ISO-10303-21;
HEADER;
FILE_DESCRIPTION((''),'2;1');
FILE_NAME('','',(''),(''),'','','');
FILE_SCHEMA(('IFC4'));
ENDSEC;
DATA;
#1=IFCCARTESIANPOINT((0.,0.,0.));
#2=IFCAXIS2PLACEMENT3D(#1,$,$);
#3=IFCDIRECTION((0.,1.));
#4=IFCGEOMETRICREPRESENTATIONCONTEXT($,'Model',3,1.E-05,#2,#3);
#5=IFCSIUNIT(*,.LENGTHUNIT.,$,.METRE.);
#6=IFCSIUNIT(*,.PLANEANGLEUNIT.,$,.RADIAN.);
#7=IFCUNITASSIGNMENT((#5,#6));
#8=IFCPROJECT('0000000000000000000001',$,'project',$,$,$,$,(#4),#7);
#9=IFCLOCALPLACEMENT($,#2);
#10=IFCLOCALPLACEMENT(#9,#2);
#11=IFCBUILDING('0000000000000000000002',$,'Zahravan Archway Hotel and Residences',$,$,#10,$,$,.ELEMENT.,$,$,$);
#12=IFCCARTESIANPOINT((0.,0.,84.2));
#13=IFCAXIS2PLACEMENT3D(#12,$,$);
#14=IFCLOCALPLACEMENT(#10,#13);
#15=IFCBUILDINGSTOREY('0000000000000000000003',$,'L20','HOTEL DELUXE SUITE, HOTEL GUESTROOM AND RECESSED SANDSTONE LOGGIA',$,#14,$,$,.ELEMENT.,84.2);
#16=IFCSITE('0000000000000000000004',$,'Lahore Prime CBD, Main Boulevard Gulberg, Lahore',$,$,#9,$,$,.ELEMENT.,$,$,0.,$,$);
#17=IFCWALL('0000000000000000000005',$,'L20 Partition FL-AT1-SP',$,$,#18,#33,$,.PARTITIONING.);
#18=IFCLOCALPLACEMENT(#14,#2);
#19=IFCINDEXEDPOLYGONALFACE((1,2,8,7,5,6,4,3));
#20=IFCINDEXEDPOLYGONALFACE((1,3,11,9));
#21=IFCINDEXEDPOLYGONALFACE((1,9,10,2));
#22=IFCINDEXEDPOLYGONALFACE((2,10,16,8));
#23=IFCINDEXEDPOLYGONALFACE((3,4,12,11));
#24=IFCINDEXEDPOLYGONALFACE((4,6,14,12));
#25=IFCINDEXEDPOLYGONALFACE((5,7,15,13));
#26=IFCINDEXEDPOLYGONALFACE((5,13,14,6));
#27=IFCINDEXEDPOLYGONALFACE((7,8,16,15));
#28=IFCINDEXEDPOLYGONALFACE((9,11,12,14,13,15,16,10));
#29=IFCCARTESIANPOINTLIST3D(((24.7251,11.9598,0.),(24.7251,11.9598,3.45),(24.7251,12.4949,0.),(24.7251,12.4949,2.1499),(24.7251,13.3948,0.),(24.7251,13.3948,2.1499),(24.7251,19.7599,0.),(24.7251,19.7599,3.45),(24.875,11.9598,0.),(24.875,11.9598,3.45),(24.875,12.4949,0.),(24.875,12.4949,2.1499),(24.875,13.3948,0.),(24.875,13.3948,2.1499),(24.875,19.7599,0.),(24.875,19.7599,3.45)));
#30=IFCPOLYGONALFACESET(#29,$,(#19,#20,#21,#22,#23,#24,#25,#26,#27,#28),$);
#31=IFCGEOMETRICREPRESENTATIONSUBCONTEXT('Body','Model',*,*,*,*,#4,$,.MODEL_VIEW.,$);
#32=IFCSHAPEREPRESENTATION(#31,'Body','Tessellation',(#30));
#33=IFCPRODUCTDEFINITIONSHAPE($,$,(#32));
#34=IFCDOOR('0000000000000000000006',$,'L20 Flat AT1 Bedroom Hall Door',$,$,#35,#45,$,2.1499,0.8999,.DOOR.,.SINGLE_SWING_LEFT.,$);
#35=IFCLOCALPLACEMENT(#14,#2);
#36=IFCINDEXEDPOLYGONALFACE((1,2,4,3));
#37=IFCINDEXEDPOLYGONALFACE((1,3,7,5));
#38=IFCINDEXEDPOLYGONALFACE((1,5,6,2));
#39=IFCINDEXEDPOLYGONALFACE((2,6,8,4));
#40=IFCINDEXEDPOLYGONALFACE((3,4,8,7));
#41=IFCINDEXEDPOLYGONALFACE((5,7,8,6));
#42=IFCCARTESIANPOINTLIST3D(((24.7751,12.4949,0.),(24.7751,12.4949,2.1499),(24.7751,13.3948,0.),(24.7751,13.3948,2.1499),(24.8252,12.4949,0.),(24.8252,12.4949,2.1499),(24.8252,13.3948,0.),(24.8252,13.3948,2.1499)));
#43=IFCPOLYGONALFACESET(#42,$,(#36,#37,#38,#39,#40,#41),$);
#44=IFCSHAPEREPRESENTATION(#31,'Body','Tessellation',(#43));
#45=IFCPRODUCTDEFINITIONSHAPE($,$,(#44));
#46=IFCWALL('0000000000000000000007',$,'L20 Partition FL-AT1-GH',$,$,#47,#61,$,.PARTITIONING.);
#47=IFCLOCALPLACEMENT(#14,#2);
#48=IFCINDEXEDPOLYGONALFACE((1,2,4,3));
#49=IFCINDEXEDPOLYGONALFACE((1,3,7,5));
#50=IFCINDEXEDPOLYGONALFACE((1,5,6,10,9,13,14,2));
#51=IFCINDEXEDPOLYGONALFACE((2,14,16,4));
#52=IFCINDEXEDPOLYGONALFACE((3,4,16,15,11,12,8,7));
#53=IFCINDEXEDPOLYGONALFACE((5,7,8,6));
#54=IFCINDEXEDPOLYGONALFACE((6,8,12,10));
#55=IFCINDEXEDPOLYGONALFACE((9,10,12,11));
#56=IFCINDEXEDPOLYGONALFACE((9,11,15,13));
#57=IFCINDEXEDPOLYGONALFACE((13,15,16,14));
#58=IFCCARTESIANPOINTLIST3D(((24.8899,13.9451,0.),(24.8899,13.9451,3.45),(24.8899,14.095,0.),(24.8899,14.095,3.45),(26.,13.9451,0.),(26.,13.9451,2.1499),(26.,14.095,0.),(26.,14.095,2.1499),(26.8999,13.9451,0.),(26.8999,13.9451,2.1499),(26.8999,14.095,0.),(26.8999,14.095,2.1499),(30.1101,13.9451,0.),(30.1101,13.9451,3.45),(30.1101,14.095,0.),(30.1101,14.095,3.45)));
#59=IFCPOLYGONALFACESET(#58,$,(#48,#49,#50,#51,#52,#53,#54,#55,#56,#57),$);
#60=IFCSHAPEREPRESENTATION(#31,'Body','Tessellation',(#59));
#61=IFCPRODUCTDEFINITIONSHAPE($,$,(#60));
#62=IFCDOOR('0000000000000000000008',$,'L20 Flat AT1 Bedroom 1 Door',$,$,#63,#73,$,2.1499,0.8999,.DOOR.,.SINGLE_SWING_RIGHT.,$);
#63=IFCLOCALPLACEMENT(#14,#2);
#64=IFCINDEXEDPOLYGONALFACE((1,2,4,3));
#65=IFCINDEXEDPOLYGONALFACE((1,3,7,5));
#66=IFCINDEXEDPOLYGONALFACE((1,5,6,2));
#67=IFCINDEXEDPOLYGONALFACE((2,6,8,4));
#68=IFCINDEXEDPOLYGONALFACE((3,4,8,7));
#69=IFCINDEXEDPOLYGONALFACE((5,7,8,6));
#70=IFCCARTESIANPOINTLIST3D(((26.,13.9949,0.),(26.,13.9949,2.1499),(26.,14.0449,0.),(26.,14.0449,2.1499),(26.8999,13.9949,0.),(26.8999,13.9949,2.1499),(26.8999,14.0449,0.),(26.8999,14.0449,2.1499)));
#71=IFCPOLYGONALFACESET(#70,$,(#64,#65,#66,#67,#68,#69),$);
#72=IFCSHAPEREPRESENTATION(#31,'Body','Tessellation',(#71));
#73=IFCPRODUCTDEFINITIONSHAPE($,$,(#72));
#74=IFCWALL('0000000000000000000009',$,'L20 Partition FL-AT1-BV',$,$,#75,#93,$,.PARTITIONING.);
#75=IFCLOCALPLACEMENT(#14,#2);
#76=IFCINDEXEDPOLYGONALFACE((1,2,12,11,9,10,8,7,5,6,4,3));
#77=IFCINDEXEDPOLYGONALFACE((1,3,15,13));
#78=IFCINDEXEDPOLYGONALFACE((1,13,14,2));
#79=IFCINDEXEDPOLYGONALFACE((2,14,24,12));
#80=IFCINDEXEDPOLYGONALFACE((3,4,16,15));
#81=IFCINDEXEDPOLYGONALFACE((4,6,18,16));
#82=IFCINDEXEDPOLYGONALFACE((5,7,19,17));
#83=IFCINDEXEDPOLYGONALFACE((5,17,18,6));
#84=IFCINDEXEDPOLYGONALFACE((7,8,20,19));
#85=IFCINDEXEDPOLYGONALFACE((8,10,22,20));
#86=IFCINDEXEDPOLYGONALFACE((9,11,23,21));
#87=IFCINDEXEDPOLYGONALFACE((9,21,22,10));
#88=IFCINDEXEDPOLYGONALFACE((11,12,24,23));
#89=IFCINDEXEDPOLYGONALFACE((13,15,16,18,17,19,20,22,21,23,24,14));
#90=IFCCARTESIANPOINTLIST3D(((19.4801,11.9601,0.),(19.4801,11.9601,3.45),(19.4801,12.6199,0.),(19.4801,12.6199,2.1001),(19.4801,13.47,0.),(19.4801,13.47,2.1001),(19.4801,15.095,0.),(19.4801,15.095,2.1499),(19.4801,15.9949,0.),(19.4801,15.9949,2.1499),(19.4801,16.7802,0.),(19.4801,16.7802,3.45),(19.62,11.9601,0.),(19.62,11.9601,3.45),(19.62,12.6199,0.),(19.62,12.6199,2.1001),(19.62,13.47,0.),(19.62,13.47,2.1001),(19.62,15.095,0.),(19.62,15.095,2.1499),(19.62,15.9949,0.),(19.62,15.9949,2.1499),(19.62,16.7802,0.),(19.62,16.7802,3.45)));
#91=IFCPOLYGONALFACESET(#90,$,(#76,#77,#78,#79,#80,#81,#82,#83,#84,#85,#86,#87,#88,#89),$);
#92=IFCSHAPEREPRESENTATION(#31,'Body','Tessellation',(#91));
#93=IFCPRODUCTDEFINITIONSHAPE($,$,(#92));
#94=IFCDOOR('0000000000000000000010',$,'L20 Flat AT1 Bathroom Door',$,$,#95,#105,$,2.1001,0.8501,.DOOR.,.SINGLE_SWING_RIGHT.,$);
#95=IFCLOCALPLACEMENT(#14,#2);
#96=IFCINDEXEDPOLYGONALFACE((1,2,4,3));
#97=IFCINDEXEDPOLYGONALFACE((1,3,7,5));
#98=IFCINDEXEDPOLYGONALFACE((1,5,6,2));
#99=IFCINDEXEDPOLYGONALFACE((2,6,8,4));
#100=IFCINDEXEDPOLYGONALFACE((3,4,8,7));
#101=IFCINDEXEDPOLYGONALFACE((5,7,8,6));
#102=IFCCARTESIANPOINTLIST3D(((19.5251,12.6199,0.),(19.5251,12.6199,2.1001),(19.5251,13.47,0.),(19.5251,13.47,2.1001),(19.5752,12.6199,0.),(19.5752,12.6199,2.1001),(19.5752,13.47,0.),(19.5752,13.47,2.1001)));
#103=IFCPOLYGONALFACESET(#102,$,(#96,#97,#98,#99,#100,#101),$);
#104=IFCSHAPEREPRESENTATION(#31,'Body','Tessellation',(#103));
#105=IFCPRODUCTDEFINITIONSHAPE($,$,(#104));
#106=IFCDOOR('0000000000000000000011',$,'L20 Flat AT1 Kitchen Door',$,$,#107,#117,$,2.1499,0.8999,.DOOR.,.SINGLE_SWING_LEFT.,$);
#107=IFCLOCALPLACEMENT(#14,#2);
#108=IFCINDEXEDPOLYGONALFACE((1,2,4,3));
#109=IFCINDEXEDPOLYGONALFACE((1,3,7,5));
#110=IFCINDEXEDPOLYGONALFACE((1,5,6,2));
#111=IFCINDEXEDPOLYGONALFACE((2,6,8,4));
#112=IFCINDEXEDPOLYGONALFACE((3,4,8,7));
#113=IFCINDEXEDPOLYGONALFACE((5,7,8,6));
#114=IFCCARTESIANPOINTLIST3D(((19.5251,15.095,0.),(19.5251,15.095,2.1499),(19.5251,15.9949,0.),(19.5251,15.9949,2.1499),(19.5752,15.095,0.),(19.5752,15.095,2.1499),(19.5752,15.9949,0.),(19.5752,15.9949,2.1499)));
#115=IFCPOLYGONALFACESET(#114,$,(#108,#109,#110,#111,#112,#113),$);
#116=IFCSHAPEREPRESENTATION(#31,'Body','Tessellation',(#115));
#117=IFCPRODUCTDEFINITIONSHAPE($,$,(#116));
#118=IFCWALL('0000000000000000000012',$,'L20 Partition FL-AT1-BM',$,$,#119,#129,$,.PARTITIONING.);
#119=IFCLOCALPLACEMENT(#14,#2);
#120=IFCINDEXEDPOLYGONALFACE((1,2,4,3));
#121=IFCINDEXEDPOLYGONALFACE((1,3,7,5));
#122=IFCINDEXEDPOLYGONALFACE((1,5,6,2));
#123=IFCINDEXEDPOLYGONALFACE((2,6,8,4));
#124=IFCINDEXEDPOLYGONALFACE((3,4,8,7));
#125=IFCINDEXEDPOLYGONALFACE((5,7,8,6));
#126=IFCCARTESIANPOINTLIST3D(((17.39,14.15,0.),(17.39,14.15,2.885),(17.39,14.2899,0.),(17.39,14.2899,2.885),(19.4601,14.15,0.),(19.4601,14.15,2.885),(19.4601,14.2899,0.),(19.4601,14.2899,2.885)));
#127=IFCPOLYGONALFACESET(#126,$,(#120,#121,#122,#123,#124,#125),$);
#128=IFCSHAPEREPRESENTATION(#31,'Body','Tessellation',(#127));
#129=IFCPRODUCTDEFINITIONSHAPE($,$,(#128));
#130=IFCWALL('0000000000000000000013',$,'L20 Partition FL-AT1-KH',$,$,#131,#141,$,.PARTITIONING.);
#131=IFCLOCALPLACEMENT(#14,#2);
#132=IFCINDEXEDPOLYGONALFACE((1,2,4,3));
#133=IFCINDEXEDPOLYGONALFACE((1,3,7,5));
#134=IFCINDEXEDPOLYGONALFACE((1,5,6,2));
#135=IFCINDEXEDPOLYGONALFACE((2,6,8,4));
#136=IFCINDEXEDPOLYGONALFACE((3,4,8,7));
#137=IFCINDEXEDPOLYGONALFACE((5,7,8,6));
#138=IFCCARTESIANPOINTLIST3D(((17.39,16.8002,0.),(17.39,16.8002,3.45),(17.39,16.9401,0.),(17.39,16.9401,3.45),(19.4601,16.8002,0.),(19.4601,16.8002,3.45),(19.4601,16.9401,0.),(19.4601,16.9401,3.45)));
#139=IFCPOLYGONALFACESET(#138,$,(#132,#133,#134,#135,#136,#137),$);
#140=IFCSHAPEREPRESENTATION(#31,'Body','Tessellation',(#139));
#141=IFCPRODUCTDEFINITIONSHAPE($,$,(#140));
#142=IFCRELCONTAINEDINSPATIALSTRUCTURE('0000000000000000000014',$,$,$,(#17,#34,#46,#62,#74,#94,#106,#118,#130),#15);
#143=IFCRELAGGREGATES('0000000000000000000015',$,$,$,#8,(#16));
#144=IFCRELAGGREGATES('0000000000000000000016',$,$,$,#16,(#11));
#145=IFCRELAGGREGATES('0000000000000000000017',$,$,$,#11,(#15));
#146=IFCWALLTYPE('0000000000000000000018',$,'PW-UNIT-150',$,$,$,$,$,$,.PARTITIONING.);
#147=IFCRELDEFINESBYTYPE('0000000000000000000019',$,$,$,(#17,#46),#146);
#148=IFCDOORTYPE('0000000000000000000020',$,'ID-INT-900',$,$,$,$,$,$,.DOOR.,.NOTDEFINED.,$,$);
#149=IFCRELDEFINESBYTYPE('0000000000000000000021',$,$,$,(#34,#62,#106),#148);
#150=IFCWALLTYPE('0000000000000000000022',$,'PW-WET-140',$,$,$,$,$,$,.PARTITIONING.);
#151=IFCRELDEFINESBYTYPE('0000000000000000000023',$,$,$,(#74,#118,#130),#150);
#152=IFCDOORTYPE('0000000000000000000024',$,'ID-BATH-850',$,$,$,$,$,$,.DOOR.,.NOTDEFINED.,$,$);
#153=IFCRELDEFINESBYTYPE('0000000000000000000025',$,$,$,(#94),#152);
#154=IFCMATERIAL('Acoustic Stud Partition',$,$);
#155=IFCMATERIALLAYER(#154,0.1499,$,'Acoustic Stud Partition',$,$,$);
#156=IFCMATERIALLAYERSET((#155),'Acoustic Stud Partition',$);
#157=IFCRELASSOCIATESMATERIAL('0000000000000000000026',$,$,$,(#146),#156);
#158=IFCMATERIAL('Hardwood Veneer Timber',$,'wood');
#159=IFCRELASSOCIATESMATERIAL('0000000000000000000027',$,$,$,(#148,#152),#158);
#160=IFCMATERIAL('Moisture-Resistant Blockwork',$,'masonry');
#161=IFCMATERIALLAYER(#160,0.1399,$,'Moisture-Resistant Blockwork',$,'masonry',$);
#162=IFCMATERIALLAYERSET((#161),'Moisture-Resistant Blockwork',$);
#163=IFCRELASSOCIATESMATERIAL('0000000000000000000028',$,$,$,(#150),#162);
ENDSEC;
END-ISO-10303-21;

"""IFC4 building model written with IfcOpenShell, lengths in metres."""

from ifc_helpers import new_model, si_unit, direction, frame, frame_2d, origin, place, context, subcontext, project, spatial, rectangle, extrude, source, transform, mapped, material, layer, layer_set, type_object, type_shapes, element, fill, save


model = new_model("IFC4")

# Units and contexts
model_context = context("Model", 3, precision=1e-05, world=origin(), true_north=direction((0.0, 1.0)))
body_context = subcontext(model_context, "Body", "Model", "MODEL_VIEW")
ifc_project = project(units=[si_unit("LENGTHUNIT", "METRE"), si_unit("PLANEANGLEUNIT", "RADIAN")], contexts=[model_context])

# Site, building, storey
site_placement = place(None, origin())
site = spatial("IfcSite", under=ifc_project, at=site_placement, Name="Lahore Prime CBD, Main Boulevard Gulberg, Lahore", CompositionType="ELEMENT", RefElevation=0.0)
building_placement = place(site_placement, origin())
building = spatial("IfcBuilding", under=site, at=building_placement, Name="Zahravan Archway Hotel and Residences", CompositionType="ELEMENT")
storey_placement = place(building_placement, frame((0.0, 0.0, 84.2)))
storey = spatial("IfcBuildingStorey", under=building, at=storey_placement, Name="L20", Description="HOTEL DELUXE SUITE, HOTEL GUESTROOM AND RECESSED SANDSTONE LOGGIA", CompositionType="ELEMENT", Elevation=84.2)

# Shared definitions
ifc_material_1 = material(Name="Hardwood Veneer Timber", Category="wood")

# Walls, openings, doors
ifc_material_2 = material(Name="Acoustic Stud Partition")
ifc_layer_1 = layer(ifc_material_2, 0.1499, Name="Acoustic Stud Partition")
ifc_layer_set_1 = layer_set([ifc_layer_1], Name="Acoustic Stud Partition")
wall_type_1 = type_object("IfcWallType", Name="PW-UNIT-150", PredefinedType="PARTITIONING", material=ifc_layer_set_1)
wall_1_placement = place(storey_placement, frame((24.8, 11.96, 0.0), z_axis=(0.0, 0.0, 1.0), x_axis=(0.0, 1.0, 0.0)))
wall_1 = element("IfcWall", 1, at=wall_1_placement, inside=storey, type_object=wall_type_1, Name="L20 Partition FL-AT1-SP", PredefinedType="PARTITIONING", context=body_context, shape_type="SweptSolid", body=[
    extrude(rectangle(XDim=7.8, YDim=0.1499, at=frame_2d((3.8999, 0.0))), origin(), (0.0, 0.0, 1.0), 3.45),
])
opening_1_placement = place(wall_1_placement, frame((0.5349, 0.0, 0.0)))
opening_1 = element("IfcOpeningElement", 2, at=opening_1_placement, cuts=wall_1, PredefinedType="OPENING", context=body_context, shape_type="SweptSolid", body=[
    extrude(rectangle(XDim=0.8999, YDim=2.1499, at=frame_2d((0.45, 1.075))), frame((0.0, 0.085, 0.0), z_axis=(0.0, -1.0, 0.0), x_axis=(1.0, 0.0, 0.0)), (0.0, 0.0, 1.0), 0.1699),
])
door_type_1 = type_object("IfcDoorType", Name="ID-INT-900", OperationType="NOTDEFINED", PredefinedType="DOOR", material=ifc_material_1)
shared_shape_1 = source(origin(), body_context, "Body", "SweptSolid", [
    extrude(rectangle(XDim=0.8999, YDim=2.1499, at=frame_2d((0.45, 1.075))), frame((0.0, 0.0249, 0.0), z_axis=(0.0, -1.0, 0.0), x_axis=(1.0, 0.0, 0.0)), (0.0, 0.0, 1.0), 0.05),
])
type_shapes(door_type_1, [shared_shape_1])
door_1_placement = place(opening_1_placement, origin())
door_1 = element("IfcDoor", 3, at=door_1_placement, inside=storey, type_object=door_type_1, Name="L20 Flat AT1 Bedroom Hall Door", OperationType="SINGLE_SWING_LEFT", OverallHeight=2.1499, OverallWidth=0.8999, PredefinedType="DOOR", context=body_context, shape_type="MappedRepresentation", body=[
    mapped(shared_shape_1, transform((0.0, 0.0, 0.0), scale=1.0)),
])
fill(opening_1, door_1)
wall_2_placement = place(storey_placement, frame((24.8899, 14.02, 0.0), z_axis=(0.0, 0.0, 1.0), x_axis=(1.0, 0.0, 0.0)))
wall_2 = element("IfcWall", 4, at=wall_2_placement, inside=storey, type_object=wall_type_1, Name="L20 Partition FL-AT1-GH", PredefinedType="PARTITIONING", context=body_context, shape_type="SweptSolid", body=[
    extrude(rectangle(XDim=5.2202, YDim=0.1499, at=frame_2d((2.6101, 0.0))), origin(), (0.0, 0.0, 1.0), 3.45),
])
opening_2_placement = place(wall_2_placement, frame((1.1101, 0.0, 0.0)))
opening_2 = element("IfcOpeningElement", 5, at=opening_2_placement, cuts=wall_2, PredefinedType="OPENING", context=body_context, shape_type="SweptSolid", body=[
    extrude(rectangle(XDim=0.8999, YDim=2.1499, at=frame_2d((0.45, 1.075))), frame((0.0, 0.085, 0.0), z_axis=(0.0, -1.0, 0.0), x_axis=(1.0, 0.0, 0.0)), (0.0, 0.0, 1.0), 0.1699),
])
door_2_placement = place(opening_2_placement, origin())
door_2 = element("IfcDoor", 6, at=door_2_placement, inside=storey, type_object=door_type_1, Name="L20 Flat AT1 Bedroom 1 Door", OperationType="SINGLE_SWING_RIGHT", OverallHeight=2.1499, OverallWidth=0.8999, PredefinedType="DOOR", context=body_context, shape_type="MappedRepresentation", body=[
    mapped(shared_shape_1, transform((0.0, 0.0, 0.0), scale=1.0)),
])
fill(opening_2, door_2)

# Wall, openings, doors
ifc_material_3 = material(Name="Moisture-Resistant Blockwork", Category="masonry")
ifc_layer_2 = layer(ifc_material_3, 0.1399, Name="Moisture-Resistant Blockwork", Category="masonry")
ifc_layer_set_2 = layer_set([ifc_layer_2], Name="Moisture-Resistant Blockwork")
wall_type_2 = type_object("IfcWallType", Name="PW-WET-140", PredefinedType="PARTITIONING", material=ifc_layer_set_2)
wall_3_placement = place(storey_placement, frame((19.55, 11.96, 0.0), z_axis=(0.0, 0.0, 1.0), x_axis=(0.0, 1.0, 0.0)))
wall_3 = element("IfcWall", 7, at=wall_3_placement, inside=storey, type_object=wall_type_2, Name="L20 Partition FL-AT1-BV", PredefinedType="PARTITIONING", context=body_context, shape_type="SweptSolid", body=[
    extrude(rectangle(XDim=4.8201, YDim=0.1399, at=frame_2d((2.4102, 0.0))), origin(), (0.0, 0.0, 1.0), 3.45),
])
opening_3_placement = place(wall_3_placement, frame((0.6599, 0.0, 0.0)))
opening_3 = element("IfcOpeningElement", 8, at=opening_3_placement, cuts=wall_3, PredefinedType="OPENING", context=body_context, shape_type="SweptSolid", body=[
    extrude(rectangle(XDim=0.8501, YDim=2.1001, at=frame_2d((0.425, 1.05))), frame((0.0, 0.0801, 0.0), z_axis=(0.0, -1.0, 0.0), x_axis=(1.0, 0.0, 0.0)), (0.0, 0.0, 1.0), 0.1599),
])
opening_4_placement = place(wall_3_placement, frame((3.135, 0.0, 0.0)))
opening_4 = element("IfcOpeningElement", 9, at=opening_4_placement, cuts=wall_3, PredefinedType="OPENING", context=body_context, shape_type="SweptSolid", body=[
    extrude(rectangle(XDim=0.8999, YDim=2.1499, at=frame_2d((0.45, 1.075))), frame((0.0, 0.0801, 0.0), z_axis=(0.0, -1.0, 0.0), x_axis=(1.0, 0.0, 0.0)), (0.0, 0.0, 1.0), 0.1599),
])
door_type_2 = type_object("IfcDoorType", Name="ID-BATH-850", OperationType="NOTDEFINED", PredefinedType="DOOR", material=ifc_material_1)
shared_shape_2 = source(origin(), body_context, "Body", "SweptSolid", [
    extrude(rectangle(XDim=0.8501, YDim=2.1001, at=frame_2d((0.425, 1.05))), frame((0.0, 0.0249, 0.0), z_axis=(0.0, -1.0, 0.0), x_axis=(1.0, 0.0, 0.0)), (0.0, 0.0, 1.0), 0.05),
])
type_shapes(door_type_2, [shared_shape_2])
door_3_placement = place(opening_3_placement, origin())
door_3 = element("IfcDoor", 10, at=door_3_placement, inside=storey, type_object=door_type_2, Name="L20 Flat AT1 Bathroom Door", OperationType="SINGLE_SWING_RIGHT", OverallHeight=2.1001, OverallWidth=0.8501, PredefinedType="DOOR", context=body_context, shape_type="MappedRepresentation", body=[
    mapped(shared_shape_2, transform((0.0, 0.0, 0.0), scale=1.0)),
])
fill(opening_3, door_3)
door_4_placement = place(opening_4_placement, origin())
door_4 = element("IfcDoor", 11, at=door_4_placement, inside=storey, type_object=door_type_1, Name="L20 Flat AT1 Kitchen Door", OperationType="SINGLE_SWING_LEFT", OverallHeight=2.1499, OverallWidth=0.8999, PredefinedType="DOOR", context=body_context, shape_type="MappedRepresentation", body=[
    mapped(shared_shape_1, transform((0.0, 0.0, 0.0), scale=1.0)),
])
fill(opening_4, door_4)

# Walls
wall_4_placement = place(storey_placement, frame((17.3899, 14.22, 0.0), z_axis=(0.0, 0.0, 1.0), x_axis=(1.0, 0.0, 0.0)))
element("IfcWall", 12, at=wall_4_placement, inside=storey, type_object=wall_type_2, Name="L20 Partition FL-AT1-BM", PredefinedType="PARTITIONING", context=body_context, shape_type="SweptSolid", body=[
    extrude(rectangle(XDim=2.0701, YDim=0.1399, at=frame_2d((1.0352, 0.0))), origin(), (0.0, 0.0, 1.0), 2.885),
])
wall_5_placement = place(storey_placement, frame((17.3899, 16.8701, 0.0), z_axis=(0.0, 0.0, 1.0), x_axis=(1.0, 0.0, 0.0)))
element("IfcWall", 13, at=wall_5_placement, inside=storey, type_object=wall_type_2, Name="L20 Partition FL-AT1-KH", PredefinedType="PARTITIONING", context=body_context, shape_type="SweptSolid", body=[
    extrude(rectangle(XDim=2.0701, YDim=0.1399, at=frame_2d((1.0352, 0.0))), origin(), (0.0, 0.0, 1.0), 3.45),
])

save(model, "model.ifc")
